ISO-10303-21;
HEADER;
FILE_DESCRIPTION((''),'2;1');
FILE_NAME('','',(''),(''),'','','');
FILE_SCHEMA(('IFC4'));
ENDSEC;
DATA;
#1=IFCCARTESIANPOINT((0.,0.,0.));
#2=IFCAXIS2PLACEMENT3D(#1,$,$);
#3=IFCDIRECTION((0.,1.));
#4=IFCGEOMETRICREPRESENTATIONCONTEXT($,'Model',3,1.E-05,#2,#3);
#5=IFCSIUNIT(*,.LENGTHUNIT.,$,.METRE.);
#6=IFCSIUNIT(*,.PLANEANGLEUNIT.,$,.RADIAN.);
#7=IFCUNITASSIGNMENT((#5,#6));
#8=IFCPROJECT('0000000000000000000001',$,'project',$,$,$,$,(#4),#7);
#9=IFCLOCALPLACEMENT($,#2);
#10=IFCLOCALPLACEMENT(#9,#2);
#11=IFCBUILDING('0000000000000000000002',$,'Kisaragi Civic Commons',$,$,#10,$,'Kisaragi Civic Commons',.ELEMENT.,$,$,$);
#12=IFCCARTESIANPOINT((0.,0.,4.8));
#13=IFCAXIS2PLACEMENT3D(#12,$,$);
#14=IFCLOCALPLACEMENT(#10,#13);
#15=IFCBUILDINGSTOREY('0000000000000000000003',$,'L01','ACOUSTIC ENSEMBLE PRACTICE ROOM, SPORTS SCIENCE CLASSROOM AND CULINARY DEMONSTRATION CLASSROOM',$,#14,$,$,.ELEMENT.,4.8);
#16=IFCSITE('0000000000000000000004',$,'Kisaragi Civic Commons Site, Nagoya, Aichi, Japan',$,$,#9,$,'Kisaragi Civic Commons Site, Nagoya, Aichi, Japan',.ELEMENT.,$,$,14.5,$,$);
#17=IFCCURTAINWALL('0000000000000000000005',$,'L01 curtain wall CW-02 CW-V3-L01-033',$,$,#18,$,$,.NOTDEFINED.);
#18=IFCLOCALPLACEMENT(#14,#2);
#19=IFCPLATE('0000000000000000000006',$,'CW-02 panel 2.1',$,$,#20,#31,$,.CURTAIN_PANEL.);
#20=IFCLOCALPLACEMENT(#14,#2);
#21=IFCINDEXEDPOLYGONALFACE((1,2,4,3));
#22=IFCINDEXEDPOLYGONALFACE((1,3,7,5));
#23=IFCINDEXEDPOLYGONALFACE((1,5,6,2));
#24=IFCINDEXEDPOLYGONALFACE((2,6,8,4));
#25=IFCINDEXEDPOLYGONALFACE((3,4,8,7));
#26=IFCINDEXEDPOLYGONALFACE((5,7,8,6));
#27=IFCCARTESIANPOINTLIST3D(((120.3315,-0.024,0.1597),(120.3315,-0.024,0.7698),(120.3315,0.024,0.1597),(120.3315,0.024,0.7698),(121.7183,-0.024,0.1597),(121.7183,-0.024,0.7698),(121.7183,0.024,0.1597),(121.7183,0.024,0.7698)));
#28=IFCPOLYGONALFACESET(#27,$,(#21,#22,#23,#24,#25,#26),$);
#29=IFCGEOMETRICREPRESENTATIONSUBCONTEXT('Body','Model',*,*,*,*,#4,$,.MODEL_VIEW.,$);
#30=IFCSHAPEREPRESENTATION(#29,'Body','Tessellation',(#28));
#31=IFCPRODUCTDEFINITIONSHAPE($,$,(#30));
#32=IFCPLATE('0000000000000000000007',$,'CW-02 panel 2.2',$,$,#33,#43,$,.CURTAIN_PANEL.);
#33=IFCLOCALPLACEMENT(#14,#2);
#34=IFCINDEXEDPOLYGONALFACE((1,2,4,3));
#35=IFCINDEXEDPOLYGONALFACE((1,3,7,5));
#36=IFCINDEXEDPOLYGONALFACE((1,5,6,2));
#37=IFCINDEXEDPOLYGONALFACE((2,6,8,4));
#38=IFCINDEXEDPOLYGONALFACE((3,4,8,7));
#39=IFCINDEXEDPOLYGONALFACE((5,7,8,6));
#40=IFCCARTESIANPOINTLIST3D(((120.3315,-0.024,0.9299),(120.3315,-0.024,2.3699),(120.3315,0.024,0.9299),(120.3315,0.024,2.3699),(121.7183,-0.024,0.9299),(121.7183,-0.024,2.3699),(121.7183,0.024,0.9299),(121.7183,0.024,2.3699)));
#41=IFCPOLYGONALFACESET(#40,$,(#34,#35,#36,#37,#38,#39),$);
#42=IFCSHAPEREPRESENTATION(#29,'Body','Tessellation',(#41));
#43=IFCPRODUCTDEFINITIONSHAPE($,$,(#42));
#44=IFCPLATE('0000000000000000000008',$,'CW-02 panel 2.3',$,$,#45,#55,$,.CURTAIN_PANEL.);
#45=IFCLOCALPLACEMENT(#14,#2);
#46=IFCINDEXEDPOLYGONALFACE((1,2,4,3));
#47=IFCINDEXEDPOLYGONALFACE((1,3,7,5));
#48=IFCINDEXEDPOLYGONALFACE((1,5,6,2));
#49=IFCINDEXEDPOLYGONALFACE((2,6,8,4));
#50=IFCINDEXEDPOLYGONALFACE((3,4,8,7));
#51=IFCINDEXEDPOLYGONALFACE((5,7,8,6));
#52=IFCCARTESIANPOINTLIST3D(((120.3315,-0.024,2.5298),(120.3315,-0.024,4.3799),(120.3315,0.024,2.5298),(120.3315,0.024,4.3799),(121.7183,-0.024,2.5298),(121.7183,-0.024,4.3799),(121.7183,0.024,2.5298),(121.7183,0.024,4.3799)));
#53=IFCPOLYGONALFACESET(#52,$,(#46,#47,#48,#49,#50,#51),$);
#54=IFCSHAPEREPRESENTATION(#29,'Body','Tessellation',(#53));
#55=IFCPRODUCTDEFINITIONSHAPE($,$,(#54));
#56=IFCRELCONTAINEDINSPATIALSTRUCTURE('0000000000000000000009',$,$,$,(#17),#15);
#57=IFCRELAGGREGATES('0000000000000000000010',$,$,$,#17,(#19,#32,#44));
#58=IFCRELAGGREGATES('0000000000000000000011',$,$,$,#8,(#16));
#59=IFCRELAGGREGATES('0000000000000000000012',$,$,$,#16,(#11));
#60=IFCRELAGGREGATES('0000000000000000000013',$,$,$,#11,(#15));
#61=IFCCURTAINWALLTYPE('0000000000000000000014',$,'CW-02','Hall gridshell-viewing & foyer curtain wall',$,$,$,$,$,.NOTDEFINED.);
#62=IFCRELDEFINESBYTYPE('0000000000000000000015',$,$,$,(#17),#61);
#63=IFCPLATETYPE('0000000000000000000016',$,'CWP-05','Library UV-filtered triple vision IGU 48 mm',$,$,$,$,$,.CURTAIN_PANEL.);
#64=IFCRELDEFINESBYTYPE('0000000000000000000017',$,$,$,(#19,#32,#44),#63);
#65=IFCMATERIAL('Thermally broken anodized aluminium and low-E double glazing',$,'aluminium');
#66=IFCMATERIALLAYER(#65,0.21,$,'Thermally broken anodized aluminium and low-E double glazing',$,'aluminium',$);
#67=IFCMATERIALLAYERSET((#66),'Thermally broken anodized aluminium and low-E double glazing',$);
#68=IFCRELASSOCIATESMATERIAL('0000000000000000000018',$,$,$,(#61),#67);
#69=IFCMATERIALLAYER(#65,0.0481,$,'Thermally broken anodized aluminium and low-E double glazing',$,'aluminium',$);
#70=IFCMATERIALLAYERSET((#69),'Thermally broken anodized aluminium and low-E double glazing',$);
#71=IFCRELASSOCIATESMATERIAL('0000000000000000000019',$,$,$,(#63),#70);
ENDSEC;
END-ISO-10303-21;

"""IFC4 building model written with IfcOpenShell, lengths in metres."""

from ifc_helpers import new_model, si_unit, direction, frame, origin, origin_2d, place, context, subcontext, project, spatial, rectangle, extrude, material, layer, layer_set, type_object, element, aggregate, save


model = new_model("IFC4")

# Units and contexts
model_context = context("Model", 3, precision=1e-05, world=origin(), true_north=direction((0.0, 1.0)))
body_context = subcontext(model_context, "Body", "Model", "MODEL_VIEW")
ifc_project = project(units=[si_unit("LENGTHUNIT", "METRE"), si_unit("PLANEANGLEUNIT", "RADIAN")], contexts=[model_context])

# Site, building, storey
site_placement = place(None, origin())
site = spatial("IfcSite", under=ifc_project, at=site_placement, Name="Kisaragi Civic Commons Site, Nagoya, Aichi, Japan", LongName="Kisaragi Civic Commons Site, Nagoya, Aichi, Japan", CompositionType="ELEMENT", RefElevation=14.5)
building_placement = place(site_placement, origin())
building = spatial("IfcBuilding", under=site, at=building_placement, Name="Kisaragi Civic Commons", LongName="Kisaragi Civic Commons", CompositionType="ELEMENT")
storey_placement = place(building_placement, frame((0.0, 0.0, 4.8)))
storey = spatial("IfcBuildingStorey", under=building, at=storey_placement, Name="L01", Description="ACOUSTIC ENSEMBLE PRACTICE ROOM, SPORTS SCIENCE CLASSROOM AND CULINARY DEMONSTRATION CLASSROOM", CompositionType="ELEMENT", Elevation=4.8)

# Shared definitions
ifc_material_1 = material(Name="Thermally broken anodized aluminium and low-E double glazing", Category="aluminium")
ifc_layer_1 = layer(ifc_material_1, 0.21, Name="Thermally broken anodized aluminium and low-E double glazing", Category="aluminium")
ifc_layer_set_1 = layer_set([ifc_layer_1], Name="Thermally broken anodized aluminium and low-E double glazing")
curtain_wall_type = type_object("IfcCurtainWallType", Name="CW-02", Description="Hall gridshell-viewing & foyer curtain wall", PredefinedType="NOTDEFINED", material=ifc_layer_set_1)

# Curtain wall
curtain_wall_1_placement = place(storey_placement, origin())
curtain_wall_1 = element("IfcCurtainWall", 1, at=curtain_wall_1_placement, inside=storey, type_object=curtain_wall_type, Name="L01 curtain wall CW-02 CW-V3-L01-033", PredefinedType="NOTDEFINED")

# Plates
ifc_layer_2 = layer(ifc_material_1, 0.0481, Name="Thermally broken anodized aluminium and low-E double glazing", Category="aluminium")
ifc_layer_set_2 = layer_set([ifc_layer_2], Name="Thermally broken anodized aluminium and low-E double glazing")
plate_type = type_object("IfcPlateType", Name="CWP-05", Description="Library UV-filtered triple vision IGU 48 mm", PredefinedType="CURTAIN_PANEL", material=ifc_layer_set_2)
plate_1_placement = place(storey_placement, frame((121.0249, 0.0, 0.1597), z_axis=(0.0, 0.0, 1.0), x_axis=(-1.0, 0.0, 0.0)))
plate_1 = element("IfcPlate", 2, at=plate_1_placement, type_object=plate_type, Name="CW-02 panel 2.1", PredefinedType="CURTAIN_PANEL", context=body_context, shape_type="SweptSolid", body=[
    extrude(rectangle(XDim=1.3867, YDim=0.0481, at=origin_2d()), origin(), (0.0, 0.0, 1.0), 0.6101),
])
plate_2_placement = place(storey_placement, frame((121.0249, 0.0, 0.9299), z_axis=(0.0, 0.0, 1.0), x_axis=(-1.0, 0.0, 0.0)))
plate_2 = element("IfcPlate", 3, at=plate_2_placement, type_object=plate_type, Name="CW-02 panel 2.2", PredefinedType="CURTAIN_PANEL", context=body_context, shape_type="SweptSolid", body=[
    extrude(rectangle(XDim=1.3867, YDim=0.0481, at=origin_2d()), origin(), (0.0, 0.0, 1.0), 1.4399),
])
plate_3_placement = place(storey_placement, frame((121.0249, 0.0, 2.5298), z_axis=(0.0, 0.0, 1.0), x_axis=(-1.0, 0.0, 0.0)))
plate_3 = element("IfcPlate", 4, at=plate_3_placement, type_object=plate_type, Name="CW-02 panel 2.3", PredefinedType="CURTAIN_PANEL", context=body_context, shape_type="SweptSolid", body=[
    extrude(rectangle(XDim=1.3867, YDim=0.0481, at=origin_2d()), origin(), (0.0, 0.0, 1.0), 1.8501),
])
aggregate(curtain_wall_1, [plate_1, plate_2, plate_3])

save(model, "model.ifc")
